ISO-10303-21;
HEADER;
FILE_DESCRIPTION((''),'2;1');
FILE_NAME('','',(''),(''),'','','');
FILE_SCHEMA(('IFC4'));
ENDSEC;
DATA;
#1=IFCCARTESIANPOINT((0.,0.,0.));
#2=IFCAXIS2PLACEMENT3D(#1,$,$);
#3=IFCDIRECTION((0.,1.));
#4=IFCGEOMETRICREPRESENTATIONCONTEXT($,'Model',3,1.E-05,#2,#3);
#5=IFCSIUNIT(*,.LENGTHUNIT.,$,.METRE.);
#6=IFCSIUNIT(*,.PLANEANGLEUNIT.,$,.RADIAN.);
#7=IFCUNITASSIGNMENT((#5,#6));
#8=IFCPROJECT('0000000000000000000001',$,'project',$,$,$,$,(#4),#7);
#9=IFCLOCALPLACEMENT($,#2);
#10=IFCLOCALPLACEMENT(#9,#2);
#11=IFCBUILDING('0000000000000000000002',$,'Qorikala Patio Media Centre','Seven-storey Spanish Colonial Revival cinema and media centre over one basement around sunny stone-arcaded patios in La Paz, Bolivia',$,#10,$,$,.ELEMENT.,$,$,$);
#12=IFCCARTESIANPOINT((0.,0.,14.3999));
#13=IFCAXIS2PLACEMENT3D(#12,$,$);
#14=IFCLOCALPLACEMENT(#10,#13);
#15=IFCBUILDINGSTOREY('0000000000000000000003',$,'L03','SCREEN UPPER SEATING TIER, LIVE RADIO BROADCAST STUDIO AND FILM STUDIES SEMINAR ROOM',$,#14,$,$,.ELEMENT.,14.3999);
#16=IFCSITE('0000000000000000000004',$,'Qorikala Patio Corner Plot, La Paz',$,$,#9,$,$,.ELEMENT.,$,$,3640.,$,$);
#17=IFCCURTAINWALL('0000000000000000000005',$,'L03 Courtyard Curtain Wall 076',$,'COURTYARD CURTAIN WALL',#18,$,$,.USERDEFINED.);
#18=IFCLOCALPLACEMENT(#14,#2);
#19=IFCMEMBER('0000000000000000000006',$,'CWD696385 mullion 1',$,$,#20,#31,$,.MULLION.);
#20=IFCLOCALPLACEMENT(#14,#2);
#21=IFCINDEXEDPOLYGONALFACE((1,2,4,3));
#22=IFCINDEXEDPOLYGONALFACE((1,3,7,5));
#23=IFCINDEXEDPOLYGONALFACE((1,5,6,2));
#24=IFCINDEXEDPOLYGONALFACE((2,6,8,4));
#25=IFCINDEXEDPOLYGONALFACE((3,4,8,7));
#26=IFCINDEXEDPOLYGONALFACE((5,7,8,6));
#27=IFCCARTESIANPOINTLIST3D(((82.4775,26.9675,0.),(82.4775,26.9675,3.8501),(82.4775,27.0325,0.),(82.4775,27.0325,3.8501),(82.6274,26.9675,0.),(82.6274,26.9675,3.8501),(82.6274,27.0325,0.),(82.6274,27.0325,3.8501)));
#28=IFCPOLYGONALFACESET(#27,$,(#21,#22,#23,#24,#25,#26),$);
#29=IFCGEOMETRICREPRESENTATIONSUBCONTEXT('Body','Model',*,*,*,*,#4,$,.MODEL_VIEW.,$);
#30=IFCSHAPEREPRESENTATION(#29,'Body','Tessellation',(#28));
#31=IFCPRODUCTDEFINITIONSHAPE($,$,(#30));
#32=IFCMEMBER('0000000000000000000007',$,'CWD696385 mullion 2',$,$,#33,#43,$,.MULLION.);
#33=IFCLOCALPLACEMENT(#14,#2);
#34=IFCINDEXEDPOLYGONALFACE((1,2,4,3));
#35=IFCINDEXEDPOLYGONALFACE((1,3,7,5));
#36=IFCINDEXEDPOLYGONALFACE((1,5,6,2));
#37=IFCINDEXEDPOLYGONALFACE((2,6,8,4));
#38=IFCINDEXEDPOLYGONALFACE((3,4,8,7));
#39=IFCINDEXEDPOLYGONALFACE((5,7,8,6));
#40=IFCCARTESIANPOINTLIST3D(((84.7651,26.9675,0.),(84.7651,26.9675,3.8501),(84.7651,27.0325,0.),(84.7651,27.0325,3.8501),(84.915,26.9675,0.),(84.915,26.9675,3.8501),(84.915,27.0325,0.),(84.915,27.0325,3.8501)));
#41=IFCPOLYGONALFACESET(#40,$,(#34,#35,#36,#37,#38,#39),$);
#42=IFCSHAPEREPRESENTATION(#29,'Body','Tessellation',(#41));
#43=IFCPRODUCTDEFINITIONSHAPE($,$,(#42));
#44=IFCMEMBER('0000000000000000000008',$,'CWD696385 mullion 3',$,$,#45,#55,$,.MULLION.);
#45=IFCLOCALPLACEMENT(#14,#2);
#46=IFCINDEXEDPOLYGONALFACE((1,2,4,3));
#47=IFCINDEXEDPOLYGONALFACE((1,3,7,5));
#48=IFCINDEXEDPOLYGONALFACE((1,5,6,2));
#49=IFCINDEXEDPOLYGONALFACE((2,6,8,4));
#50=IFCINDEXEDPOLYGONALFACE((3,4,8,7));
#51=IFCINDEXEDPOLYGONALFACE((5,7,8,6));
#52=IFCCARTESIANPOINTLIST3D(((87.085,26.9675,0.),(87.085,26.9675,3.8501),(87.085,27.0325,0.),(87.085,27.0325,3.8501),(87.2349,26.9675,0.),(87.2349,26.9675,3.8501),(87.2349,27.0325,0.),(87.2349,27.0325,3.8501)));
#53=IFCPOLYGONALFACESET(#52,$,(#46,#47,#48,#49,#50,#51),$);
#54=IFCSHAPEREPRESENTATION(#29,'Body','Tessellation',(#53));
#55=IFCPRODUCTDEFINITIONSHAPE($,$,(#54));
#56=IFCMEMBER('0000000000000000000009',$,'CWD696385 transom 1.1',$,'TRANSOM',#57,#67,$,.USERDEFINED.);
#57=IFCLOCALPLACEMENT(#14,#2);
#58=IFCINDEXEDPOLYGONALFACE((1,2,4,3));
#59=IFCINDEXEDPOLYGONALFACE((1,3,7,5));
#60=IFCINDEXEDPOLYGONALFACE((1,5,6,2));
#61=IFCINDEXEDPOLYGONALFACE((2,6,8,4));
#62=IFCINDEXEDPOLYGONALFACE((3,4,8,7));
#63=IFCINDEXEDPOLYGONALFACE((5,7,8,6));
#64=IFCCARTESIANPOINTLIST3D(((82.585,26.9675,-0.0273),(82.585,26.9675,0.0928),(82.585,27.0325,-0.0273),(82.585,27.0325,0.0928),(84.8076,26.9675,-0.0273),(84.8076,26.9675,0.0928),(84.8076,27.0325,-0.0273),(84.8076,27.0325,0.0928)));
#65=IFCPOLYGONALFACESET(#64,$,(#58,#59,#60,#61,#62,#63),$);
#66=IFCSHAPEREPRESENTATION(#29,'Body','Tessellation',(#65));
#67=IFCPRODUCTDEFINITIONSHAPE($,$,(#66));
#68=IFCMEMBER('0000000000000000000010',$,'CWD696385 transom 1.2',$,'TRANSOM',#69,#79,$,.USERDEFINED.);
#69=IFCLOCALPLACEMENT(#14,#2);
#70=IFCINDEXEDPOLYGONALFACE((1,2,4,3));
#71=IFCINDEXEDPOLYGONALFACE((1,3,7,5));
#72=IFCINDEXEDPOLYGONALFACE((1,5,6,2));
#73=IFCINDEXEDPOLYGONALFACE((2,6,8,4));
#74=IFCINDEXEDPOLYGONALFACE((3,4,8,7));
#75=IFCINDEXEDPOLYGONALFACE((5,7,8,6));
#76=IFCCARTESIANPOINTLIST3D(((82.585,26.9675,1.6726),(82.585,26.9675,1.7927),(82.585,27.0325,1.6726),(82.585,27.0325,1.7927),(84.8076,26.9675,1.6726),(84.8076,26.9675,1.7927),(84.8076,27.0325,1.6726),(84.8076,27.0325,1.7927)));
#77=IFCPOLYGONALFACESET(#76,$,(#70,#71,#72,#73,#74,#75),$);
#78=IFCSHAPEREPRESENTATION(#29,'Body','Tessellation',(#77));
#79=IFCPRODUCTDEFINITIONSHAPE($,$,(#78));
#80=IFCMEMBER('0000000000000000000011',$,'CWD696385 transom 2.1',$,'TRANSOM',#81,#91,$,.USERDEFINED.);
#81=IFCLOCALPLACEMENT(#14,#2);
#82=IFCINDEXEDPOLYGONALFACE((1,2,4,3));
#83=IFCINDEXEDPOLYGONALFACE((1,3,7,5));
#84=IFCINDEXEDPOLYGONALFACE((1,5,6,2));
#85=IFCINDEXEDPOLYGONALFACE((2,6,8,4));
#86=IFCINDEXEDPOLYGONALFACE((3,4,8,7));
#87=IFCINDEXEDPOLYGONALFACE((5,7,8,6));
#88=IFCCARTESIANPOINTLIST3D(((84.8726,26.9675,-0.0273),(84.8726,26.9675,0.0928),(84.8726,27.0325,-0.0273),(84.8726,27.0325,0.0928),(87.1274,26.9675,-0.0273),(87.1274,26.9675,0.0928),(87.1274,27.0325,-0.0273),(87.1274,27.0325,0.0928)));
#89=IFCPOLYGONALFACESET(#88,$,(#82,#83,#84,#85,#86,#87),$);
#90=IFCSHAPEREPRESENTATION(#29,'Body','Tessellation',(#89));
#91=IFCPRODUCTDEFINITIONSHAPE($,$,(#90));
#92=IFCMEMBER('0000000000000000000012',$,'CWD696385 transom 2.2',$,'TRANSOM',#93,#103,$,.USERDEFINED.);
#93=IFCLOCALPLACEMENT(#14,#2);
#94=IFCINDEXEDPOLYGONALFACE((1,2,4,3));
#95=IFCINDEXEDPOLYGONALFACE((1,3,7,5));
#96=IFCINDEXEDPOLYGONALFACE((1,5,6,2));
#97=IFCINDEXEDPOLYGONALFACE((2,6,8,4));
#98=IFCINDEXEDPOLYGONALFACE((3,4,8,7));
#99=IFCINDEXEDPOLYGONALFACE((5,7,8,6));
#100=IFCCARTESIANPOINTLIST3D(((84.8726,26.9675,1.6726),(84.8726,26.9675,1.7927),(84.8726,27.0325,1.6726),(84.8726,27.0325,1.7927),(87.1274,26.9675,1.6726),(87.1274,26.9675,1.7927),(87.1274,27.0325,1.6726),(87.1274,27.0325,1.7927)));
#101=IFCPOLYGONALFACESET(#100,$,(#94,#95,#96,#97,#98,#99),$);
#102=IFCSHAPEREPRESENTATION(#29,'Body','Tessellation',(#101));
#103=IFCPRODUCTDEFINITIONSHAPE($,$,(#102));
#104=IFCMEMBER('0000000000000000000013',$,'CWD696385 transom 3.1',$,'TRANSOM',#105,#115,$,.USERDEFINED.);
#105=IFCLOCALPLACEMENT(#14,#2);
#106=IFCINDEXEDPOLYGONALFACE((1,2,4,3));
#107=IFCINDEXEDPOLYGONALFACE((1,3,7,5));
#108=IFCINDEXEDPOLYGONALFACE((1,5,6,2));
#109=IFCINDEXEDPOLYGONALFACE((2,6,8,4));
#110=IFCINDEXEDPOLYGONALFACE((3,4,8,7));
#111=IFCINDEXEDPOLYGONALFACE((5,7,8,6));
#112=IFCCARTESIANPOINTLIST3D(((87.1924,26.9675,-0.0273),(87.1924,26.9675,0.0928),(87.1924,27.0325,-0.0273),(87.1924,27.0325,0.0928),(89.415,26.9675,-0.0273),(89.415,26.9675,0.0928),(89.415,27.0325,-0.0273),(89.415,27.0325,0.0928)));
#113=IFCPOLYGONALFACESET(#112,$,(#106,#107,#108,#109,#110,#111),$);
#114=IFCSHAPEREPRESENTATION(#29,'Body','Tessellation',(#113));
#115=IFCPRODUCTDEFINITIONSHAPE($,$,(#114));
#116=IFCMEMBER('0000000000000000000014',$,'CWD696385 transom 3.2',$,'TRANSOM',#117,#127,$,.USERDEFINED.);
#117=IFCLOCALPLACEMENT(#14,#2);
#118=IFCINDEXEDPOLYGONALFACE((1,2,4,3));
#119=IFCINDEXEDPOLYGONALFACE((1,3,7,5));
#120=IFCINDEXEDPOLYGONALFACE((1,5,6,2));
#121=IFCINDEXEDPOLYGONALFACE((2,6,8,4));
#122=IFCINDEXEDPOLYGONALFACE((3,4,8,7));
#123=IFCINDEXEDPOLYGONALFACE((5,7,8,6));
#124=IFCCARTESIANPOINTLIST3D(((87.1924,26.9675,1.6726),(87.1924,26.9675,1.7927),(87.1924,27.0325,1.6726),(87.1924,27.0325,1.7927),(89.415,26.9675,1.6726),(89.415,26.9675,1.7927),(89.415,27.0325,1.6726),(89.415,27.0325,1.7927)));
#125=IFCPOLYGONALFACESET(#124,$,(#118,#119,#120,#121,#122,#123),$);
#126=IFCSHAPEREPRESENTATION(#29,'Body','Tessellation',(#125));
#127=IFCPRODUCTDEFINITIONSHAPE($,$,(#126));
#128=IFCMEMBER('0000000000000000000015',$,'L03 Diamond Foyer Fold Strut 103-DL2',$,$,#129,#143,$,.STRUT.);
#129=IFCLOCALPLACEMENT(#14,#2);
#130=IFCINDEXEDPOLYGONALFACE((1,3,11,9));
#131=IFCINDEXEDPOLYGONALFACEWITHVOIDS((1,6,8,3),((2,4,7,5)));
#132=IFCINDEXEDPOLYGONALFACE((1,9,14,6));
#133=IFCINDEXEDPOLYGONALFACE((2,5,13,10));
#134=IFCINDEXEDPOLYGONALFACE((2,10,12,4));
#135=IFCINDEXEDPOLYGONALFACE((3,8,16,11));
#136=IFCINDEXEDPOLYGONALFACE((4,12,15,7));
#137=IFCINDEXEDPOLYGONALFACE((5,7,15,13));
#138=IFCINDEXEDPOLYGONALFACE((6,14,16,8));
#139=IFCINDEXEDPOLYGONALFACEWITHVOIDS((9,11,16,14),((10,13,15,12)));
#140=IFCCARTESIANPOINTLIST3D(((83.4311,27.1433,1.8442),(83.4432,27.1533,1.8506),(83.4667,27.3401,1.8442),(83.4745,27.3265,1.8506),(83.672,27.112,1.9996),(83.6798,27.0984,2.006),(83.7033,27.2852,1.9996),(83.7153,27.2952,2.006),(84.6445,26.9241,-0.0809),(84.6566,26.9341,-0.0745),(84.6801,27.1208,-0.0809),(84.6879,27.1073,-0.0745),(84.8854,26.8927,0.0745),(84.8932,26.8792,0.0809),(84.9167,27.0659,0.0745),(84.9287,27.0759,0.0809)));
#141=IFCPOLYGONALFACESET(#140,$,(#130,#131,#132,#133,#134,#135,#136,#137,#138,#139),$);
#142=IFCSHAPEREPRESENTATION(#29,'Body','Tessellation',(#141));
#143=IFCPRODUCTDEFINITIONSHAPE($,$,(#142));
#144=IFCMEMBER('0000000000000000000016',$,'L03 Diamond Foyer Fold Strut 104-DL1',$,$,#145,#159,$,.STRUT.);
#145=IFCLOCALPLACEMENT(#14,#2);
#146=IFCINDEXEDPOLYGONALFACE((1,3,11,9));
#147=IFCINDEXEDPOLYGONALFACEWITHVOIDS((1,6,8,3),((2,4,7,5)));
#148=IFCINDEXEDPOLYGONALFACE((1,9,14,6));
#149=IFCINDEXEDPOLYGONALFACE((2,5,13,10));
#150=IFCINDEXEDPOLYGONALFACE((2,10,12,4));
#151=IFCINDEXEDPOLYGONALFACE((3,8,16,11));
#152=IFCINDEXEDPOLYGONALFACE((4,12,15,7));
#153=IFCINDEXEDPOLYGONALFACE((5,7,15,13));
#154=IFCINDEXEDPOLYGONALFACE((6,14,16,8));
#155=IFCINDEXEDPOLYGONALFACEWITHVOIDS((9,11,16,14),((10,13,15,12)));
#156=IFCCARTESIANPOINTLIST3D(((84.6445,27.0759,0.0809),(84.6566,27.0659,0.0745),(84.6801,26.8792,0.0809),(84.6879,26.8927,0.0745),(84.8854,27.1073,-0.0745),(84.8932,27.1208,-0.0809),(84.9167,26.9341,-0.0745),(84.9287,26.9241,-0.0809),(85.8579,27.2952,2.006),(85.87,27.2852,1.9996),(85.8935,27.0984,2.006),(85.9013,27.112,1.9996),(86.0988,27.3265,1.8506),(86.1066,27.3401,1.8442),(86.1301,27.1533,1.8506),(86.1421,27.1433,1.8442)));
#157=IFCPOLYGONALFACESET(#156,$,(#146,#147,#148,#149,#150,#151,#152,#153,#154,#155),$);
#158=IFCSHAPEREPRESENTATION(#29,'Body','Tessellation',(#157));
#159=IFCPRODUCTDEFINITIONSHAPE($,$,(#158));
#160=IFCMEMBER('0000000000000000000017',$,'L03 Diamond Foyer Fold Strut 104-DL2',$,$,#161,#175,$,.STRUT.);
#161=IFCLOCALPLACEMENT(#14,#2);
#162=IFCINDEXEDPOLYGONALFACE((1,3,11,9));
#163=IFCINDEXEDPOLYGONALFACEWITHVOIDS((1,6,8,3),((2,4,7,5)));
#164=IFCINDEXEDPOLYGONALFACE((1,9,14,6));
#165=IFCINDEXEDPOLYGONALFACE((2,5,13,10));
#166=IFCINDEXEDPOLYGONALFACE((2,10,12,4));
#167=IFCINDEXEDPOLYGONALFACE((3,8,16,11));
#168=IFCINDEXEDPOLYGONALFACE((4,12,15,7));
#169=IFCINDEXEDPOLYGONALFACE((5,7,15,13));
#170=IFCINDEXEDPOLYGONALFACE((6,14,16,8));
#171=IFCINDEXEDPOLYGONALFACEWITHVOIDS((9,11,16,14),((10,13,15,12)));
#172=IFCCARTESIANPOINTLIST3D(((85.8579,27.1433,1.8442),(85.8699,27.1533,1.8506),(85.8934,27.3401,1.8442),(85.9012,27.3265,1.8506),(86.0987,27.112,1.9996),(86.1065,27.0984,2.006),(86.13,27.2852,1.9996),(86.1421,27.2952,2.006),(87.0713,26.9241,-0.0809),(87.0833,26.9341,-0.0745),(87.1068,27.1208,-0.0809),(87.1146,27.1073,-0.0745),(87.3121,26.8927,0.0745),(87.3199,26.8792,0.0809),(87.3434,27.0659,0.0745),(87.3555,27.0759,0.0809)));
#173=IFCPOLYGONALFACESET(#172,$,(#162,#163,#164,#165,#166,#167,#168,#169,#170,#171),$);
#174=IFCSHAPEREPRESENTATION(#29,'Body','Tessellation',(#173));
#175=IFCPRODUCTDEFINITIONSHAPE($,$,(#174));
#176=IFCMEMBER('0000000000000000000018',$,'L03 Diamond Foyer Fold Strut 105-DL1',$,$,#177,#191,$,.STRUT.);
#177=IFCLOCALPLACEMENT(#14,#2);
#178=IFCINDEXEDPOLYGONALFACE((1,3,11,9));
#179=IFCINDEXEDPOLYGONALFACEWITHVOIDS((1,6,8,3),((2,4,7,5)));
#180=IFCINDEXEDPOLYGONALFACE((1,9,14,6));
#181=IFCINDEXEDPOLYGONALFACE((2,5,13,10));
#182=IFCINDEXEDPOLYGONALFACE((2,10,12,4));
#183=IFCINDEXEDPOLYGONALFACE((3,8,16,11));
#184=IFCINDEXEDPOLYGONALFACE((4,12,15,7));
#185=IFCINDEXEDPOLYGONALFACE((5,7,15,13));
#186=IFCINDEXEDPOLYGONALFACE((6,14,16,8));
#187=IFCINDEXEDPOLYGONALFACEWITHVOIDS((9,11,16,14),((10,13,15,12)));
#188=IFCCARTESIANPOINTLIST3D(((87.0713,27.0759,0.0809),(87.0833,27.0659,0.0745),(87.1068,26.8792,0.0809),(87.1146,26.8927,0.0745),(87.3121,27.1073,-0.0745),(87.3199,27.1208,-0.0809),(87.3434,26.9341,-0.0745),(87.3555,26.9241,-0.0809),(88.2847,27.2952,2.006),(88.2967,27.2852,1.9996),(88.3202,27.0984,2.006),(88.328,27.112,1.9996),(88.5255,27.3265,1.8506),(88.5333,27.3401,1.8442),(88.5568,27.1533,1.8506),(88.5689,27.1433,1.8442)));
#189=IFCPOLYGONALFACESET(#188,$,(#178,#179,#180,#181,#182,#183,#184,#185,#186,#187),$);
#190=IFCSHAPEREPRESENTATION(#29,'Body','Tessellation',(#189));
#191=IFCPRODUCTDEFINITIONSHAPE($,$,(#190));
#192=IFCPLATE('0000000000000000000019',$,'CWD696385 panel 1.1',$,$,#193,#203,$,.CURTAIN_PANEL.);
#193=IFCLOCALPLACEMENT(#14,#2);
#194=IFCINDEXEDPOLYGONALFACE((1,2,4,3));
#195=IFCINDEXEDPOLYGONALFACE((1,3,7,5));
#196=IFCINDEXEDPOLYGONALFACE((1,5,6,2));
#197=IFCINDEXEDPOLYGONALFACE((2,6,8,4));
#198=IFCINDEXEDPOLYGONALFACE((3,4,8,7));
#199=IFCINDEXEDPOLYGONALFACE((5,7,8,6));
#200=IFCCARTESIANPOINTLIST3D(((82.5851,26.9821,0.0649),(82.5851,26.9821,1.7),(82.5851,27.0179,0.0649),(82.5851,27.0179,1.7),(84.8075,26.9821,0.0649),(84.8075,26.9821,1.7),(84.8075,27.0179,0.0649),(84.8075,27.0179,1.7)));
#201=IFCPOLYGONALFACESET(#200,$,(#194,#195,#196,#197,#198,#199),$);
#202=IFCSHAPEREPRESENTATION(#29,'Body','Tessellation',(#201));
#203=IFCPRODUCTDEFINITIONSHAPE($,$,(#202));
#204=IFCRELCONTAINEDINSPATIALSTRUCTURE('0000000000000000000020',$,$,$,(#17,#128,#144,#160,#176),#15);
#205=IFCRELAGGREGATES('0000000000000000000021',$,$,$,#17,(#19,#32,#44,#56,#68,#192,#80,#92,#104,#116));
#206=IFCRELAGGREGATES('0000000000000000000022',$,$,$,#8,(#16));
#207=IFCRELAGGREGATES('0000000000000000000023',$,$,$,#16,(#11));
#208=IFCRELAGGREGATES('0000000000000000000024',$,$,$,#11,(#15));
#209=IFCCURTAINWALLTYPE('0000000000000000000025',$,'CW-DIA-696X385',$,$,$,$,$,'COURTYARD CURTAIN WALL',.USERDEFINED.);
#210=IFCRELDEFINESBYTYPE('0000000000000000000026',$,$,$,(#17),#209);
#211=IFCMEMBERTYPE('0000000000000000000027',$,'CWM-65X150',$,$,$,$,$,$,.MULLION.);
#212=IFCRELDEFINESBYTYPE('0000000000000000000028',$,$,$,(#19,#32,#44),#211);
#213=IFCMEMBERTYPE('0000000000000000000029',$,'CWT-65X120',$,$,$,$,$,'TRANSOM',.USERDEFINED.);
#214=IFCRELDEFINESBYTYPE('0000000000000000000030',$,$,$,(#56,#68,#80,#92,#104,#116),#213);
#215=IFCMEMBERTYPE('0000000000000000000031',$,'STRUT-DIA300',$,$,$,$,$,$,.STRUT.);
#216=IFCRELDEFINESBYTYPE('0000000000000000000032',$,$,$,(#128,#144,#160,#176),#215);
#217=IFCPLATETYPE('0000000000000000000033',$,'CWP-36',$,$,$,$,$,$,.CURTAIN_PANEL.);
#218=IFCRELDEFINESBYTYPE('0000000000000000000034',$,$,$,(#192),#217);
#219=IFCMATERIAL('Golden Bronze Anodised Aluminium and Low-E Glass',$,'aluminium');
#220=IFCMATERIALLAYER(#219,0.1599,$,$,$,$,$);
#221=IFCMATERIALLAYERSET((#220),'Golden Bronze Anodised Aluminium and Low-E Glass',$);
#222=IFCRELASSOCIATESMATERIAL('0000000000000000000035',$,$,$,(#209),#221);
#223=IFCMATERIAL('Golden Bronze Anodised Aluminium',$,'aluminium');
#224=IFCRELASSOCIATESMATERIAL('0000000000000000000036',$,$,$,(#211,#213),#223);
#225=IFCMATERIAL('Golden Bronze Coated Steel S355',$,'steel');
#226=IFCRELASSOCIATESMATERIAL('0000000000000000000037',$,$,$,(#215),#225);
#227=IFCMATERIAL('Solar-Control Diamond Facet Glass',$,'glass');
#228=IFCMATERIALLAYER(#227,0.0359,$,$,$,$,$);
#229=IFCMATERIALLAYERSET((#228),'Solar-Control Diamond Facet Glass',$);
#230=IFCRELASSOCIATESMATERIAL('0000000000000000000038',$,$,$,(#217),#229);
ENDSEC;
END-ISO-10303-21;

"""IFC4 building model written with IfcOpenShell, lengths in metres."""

from ifc_helpers import new_model, si_unit, direction, frame, origin, origin_2d, place, context, subcontext, project, spatial, rectangle, hollow_rectangle, extrude, material, layer, layer_set, material_profile, profile_set, type_object, element, aggregate, save


model = new_model("IFC4")

# Units and contexts
model_context = context("Model", 3, precision=1e-05, world=origin(), true_north=direction((0.0, 1.0)))
body_context = subcontext(model_context, "Body", "Model", "MODEL_VIEW")
ifc_project = project(units=[si_unit("LENGTHUNIT", "METRE"), si_unit("PLANEANGLEUNIT", "RADIAN")], contexts=[model_context])

# Site, building, storey
site_placement = place(None, origin())
site = spatial("IfcSite", under=ifc_project, at=site_placement, Name="Qorikala Patio Corner Plot, La Paz", CompositionType="ELEMENT", RefElevation=3640.0)
building_placement = place(site_placement, origin())
building = spatial("IfcBuilding", under=site, at=building_placement, Name="Qorikala Patio Media Centre", Description="Seven-storey Spanish Colonial Revival cinema and media centre over one basement around sunny stone-arcaded patios in La Paz, Bolivia", CompositionType="ELEMENT")
storey_placement = place(building_placement, frame((0.0, 0.0, 14.3999)))
storey = spatial("IfcBuildingStorey", under=building, at=storey_placement, Name="L03", Description="SCREEN UPPER SEATING TIER, LIVE RADIO BROADCAST STUDIO AND FILM STUDIES SEMINAR ROOM", CompositionType="ELEMENT", Elevation=14.3999)

# Curtain wall, members
ifc_material_1 = material(Name="Golden Bronze Anodised Aluminium and Low-E Glass", Category="aluminium")
ifc_layer_1 = layer(ifc_material_1, 0.1599)
ifc_layer_set_1 = layer_set([ifc_layer_1], Name="Golden Bronze Anodised Aluminium and Low-E Glass")
curtain_wall_type = type_object("IfcCurtainWallType", Name="CW-DIA-696X385", ElementType="COURTYARD CURTAIN WALL", PredefinedType="USERDEFINED", material=ifc_layer_set_1)
curtain_wall_placement = place(storey_placement, origin())
curtain_wall = element("IfcCurtainWall", 1, at=curtain_wall_placement, inside=storey, type_object=curtain_wall_type, Name="L03 Courtyard Curtain Wall 076", ObjectType="COURTYARD CURTAIN WALL", PredefinedType="USERDEFINED")
ifc_material_2 = material(Name="Golden Bronze Anodised Aluminium", Category="aluminium")
ifc_material_profile_1 = material_profile(ifc_material_2, rectangle(XDim=0.0649, YDim=0.1499, at=origin_2d()), Name="ALU MULLION 65x150")
ifc_profile_set_1 = profile_set([ifc_material_profile_1], Name="Golden Bronze Anodised Aluminium")
member_type_1 = type_object("IfcMemberType", Name="CWM-65X150", PredefinedType="MULLION", material=ifc_profile_set_1)
member_1_placement = place(storey_placement, frame((82.5525, 27.0, 0.0), z_axis=(0.0, 0.0, 1.0), x_axis=(0.0, 1.0, 0.0)))
member_1 = element("IfcMember", 2, at=member_1_placement, type_object=member_type_1, Name="CWD696385 mullion 1", PredefinedType="MULLION", context=body_context, shape_type="SweptSolid", body=[
    extrude(rectangle(XDim=0.0649, YDim=0.1499, at=origin_2d()), origin(), (0.0, 0.0, 1.0), 3.8501),
])
member_2_placement = place(storey_placement, frame((84.8401, 27.0, 0.0), z_axis=(0.0, 0.0, 1.0), x_axis=(0.0, 1.0, 0.0)))
member_2 = element("IfcMember", 3, at=member_2_placement, type_object=member_type_1, Name="CWD696385 mullion 2", PredefinedType="MULLION", context=body_context, shape_type="SweptSolid", body=[
    extrude(rectangle(XDim=0.0649, YDim=0.1499, at=origin_2d()), origin(), (0.0, 0.0, 1.0), 3.8501),
])
member_3_placement = place(storey_placement, frame((87.1599, 27.0, 0.0), z_axis=(0.0, 0.0, 1.0), x_axis=(0.0, 1.0, 0.0)))
member_3 = element("IfcMember", 4, at=member_3_placement, type_object=member_type_1, Name="CWD696385 mullion 3", PredefinedType="MULLION", context=body_context, shape_type="SweptSolid", body=[
    extrude(rectangle(XDim=0.0649, YDim=0.1499, at=origin_2d()), origin(), (0.0, 0.0, 1.0), 3.8501),
])
ifc_material_profile_2 = material_profile(ifc_material_2, rectangle(XDim=0.0649, YDim=0.1201, at=origin_2d()), Name="ALU TRANSOM 65x120")
ifc_profile_set_2 = profile_set([ifc_material_profile_2], Name="Golden Bronze Anodised Aluminium")
member_type_2 = type_object("IfcMemberType", Name="CWT-65X120", ElementType="TRANSOM", PredefinedType="USERDEFINED", material=ifc_profile_set_2)
member_4_placement = place(storey_placement, frame((82.585, 27.0, 0.0327), z_axis=(1.0, 0.0, 0.0), x_axis=(0.0, 1.0, 0.0)))
member_4 = element("IfcMember", 5, at=member_4_placement, type_object=member_type_2, Name="CWD696385 transom 1.1", ObjectType="TRANSOM", PredefinedType="USERDEFINED", context=body_context, shape_type="SweptSolid", body=[
    extrude(rectangle(XDim=0.0649, YDim=0.1201, at=origin_2d()), origin(), (0.0, 0.0, 1.0), 2.2227),
])
member_5_placement = place(storey_placement, frame((82.585, 27.0, 1.7327), z_axis=(1.0, 0.0, 0.0), x_axis=(0.0, 1.0, 0.0)))
member_5 = element("IfcMember", 6, at=member_5_placement, type_object=member_type_2, Name="CWD696385 transom 1.2", ObjectType="TRANSOM", PredefinedType="USERDEFINED", context=body_context, shape_type="SweptSolid", body=[
    extrude(rectangle(XDim=0.0649, YDim=0.1201, at=origin_2d()), origin(), (0.0, 0.0, 1.0), 2.2227),
])
member_6_placement = place(storey_placement, frame((84.8726, 27.0, 0.0327), z_axis=(1.0, 0.0, 0.0), x_axis=(0.0, 1.0, 0.0)))
member_6 = element("IfcMember", 7, at=member_6_placement, type_object=member_type_2, Name="CWD696385 transom 2.1", ObjectType="TRANSOM", PredefinedType="USERDEFINED", context=body_context, shape_type="SweptSolid", body=[
    extrude(rectangle(XDim=0.0649, YDim=0.1201, at=origin_2d()), origin(), (0.0, 0.0, 1.0), 2.2549),
])
member_7_placement = place(storey_placement, frame((84.8726, 27.0, 1.7327), z_axis=(1.0, 0.0, 0.0), x_axis=(0.0, 1.0, 0.0)))
member_7 = element("IfcMember", 8, at=member_7_placement, type_object=member_type_2, Name="CWD696385 transom 2.2", ObjectType="TRANSOM", PredefinedType="USERDEFINED", context=body_context, shape_type="SweptSolid", body=[
    extrude(rectangle(XDim=0.0649, YDim=0.1201, at=origin_2d()), origin(), (0.0, 0.0, 1.0), 2.2549),
])
member_8_placement = place(storey_placement, frame((87.1924, 27.0, 0.0327), z_axis=(1.0, 0.0, 0.0), x_axis=(0.0, 1.0, 0.0)))
member_8 = element("IfcMember", 9, at=member_8_placement, type_object=member_type_2, Name="CWD696385 transom 3.1", ObjectType="TRANSOM", PredefinedType="USERDEFINED", context=body_context, shape_type="SweptSolid", body=[
    extrude(rectangle(XDim=0.0649, YDim=0.1201, at=origin_2d()), origin(), (0.0, 0.0, 1.0), 2.2227),
])
member_9_placement = place(storey_placement, frame((87.1924, 27.0, 1.7327), z_axis=(1.0, 0.0, 0.0), x_axis=(0.0, 1.0, 0.0)))
member_9 = element("IfcMember", 10, at=member_9_placement, type_object=member_type_2, Name="CWD696385 transom 3.2", ObjectType="TRANSOM", PredefinedType="USERDEFINED", context=body_context, shape_type="SweptSolid", body=[
    extrude(rectangle(XDim=0.0649, YDim=0.1201, at=origin_2d()), origin(), (0.0, 0.0, 1.0), 2.2227),
])

# Members
ifc_material_3 = material(Name="Golden Bronze Coated Steel S355", Category="steel")
ifc_material_profile_3 = material_profile(ifc_material_3, hollow_rectangle(XDim=0.2, YDim=0.3, WallThickness=0.012, at=origin_2d()), Name="HSS300X200X12")
ifc_profile_set_3 = profile_set([ifc_material_profile_3], Name="Golden Bronze Coated Steel S355")
member_type_3 = type_object("IfcMemberType", Name="STRUT-DIA300", PredefinedType="STRUT", material=ifc_profile_set_3)
for number, where, z_axis, x_axis, name in (
    (11, (84.7866, 27.0, 0.0), (-0.530768, 0.095901, 0.842074), (-0.177805, -0.984066, 0.0), "L03 Diamond Foyer Fold Strut 103-DL2"),
    (12, (84.7866, 27.0, 0.0), (0.530768, 0.095901, 0.842074), (-0.177805, 0.984066, 0.0), "L03 Diamond Foyer Fold Strut 104-DL1"),
    (13, (87.2134, 27.0, 0.0), (-0.530768, 0.095901, 0.842074), (-0.177805, -0.984066, 0.0), "L03 Diamond Foyer Fold Strut 104-DL2"),
    (14, (87.2134, 27.0, 0.0), (0.530768, 0.095901, 0.842074), (-0.177805, 0.984066, 0.0), "L03 Diamond Foyer Fold Strut 105-DL1"),
):
    element("IfcMember", number, at=place(storey_placement, frame(where, z_axis=z_axis, x_axis=x_axis)), inside=storey, type_object=member_type_3, Name=name, PredefinedType="STRUT", context=body_context, shape_type="SweptSolid", body=[
        extrude(hollow_rectangle(XDim=0.2, YDim=0.3, WallThickness=0.012, at=origin_2d()), origin(), (0.0, 0.0, 1.0), 2.2861),
    ])

# Plate
ifc_material_4 = material(Name="Solar-Control Diamond Facet Glass", Category="glass")
ifc_layer_2 = layer(ifc_material_4, 0.0359)
ifc_layer_set_2 = layer_set([ifc_layer_2], Name="Solar-Control Diamond Facet Glass")
plate_type = type_object("IfcPlateType", Name="CWP-36", PredefinedType="CURTAIN_PANEL", material=ifc_layer_set_2)
plate_1_placement = place(storey_placement, frame((83.6963, 27.0, 0.0649), z_axis=(0.0, 0.0, 1.0), x_axis=(1.0, 0.0, 0.0)))
plate_1 = element("IfcPlate", 15, at=plate_1_placement, type_object=plate_type, Name="CWD696385 panel 1.1", PredefinedType="CURTAIN_PANEL", context=body_context, shape_type="SweptSolid", body=[
    extrude(rectangle(XDim=2.2224, YDim=0.0359, at=origin_2d()), origin(), (0.0, 0.0, 1.0), 1.635),
])
aggregate(curtain_wall, [member_1, member_2, member_3, member_4, member_5, plate_1, member_6, member_7, member_8, member_9])

save(model, "model.ifc")
